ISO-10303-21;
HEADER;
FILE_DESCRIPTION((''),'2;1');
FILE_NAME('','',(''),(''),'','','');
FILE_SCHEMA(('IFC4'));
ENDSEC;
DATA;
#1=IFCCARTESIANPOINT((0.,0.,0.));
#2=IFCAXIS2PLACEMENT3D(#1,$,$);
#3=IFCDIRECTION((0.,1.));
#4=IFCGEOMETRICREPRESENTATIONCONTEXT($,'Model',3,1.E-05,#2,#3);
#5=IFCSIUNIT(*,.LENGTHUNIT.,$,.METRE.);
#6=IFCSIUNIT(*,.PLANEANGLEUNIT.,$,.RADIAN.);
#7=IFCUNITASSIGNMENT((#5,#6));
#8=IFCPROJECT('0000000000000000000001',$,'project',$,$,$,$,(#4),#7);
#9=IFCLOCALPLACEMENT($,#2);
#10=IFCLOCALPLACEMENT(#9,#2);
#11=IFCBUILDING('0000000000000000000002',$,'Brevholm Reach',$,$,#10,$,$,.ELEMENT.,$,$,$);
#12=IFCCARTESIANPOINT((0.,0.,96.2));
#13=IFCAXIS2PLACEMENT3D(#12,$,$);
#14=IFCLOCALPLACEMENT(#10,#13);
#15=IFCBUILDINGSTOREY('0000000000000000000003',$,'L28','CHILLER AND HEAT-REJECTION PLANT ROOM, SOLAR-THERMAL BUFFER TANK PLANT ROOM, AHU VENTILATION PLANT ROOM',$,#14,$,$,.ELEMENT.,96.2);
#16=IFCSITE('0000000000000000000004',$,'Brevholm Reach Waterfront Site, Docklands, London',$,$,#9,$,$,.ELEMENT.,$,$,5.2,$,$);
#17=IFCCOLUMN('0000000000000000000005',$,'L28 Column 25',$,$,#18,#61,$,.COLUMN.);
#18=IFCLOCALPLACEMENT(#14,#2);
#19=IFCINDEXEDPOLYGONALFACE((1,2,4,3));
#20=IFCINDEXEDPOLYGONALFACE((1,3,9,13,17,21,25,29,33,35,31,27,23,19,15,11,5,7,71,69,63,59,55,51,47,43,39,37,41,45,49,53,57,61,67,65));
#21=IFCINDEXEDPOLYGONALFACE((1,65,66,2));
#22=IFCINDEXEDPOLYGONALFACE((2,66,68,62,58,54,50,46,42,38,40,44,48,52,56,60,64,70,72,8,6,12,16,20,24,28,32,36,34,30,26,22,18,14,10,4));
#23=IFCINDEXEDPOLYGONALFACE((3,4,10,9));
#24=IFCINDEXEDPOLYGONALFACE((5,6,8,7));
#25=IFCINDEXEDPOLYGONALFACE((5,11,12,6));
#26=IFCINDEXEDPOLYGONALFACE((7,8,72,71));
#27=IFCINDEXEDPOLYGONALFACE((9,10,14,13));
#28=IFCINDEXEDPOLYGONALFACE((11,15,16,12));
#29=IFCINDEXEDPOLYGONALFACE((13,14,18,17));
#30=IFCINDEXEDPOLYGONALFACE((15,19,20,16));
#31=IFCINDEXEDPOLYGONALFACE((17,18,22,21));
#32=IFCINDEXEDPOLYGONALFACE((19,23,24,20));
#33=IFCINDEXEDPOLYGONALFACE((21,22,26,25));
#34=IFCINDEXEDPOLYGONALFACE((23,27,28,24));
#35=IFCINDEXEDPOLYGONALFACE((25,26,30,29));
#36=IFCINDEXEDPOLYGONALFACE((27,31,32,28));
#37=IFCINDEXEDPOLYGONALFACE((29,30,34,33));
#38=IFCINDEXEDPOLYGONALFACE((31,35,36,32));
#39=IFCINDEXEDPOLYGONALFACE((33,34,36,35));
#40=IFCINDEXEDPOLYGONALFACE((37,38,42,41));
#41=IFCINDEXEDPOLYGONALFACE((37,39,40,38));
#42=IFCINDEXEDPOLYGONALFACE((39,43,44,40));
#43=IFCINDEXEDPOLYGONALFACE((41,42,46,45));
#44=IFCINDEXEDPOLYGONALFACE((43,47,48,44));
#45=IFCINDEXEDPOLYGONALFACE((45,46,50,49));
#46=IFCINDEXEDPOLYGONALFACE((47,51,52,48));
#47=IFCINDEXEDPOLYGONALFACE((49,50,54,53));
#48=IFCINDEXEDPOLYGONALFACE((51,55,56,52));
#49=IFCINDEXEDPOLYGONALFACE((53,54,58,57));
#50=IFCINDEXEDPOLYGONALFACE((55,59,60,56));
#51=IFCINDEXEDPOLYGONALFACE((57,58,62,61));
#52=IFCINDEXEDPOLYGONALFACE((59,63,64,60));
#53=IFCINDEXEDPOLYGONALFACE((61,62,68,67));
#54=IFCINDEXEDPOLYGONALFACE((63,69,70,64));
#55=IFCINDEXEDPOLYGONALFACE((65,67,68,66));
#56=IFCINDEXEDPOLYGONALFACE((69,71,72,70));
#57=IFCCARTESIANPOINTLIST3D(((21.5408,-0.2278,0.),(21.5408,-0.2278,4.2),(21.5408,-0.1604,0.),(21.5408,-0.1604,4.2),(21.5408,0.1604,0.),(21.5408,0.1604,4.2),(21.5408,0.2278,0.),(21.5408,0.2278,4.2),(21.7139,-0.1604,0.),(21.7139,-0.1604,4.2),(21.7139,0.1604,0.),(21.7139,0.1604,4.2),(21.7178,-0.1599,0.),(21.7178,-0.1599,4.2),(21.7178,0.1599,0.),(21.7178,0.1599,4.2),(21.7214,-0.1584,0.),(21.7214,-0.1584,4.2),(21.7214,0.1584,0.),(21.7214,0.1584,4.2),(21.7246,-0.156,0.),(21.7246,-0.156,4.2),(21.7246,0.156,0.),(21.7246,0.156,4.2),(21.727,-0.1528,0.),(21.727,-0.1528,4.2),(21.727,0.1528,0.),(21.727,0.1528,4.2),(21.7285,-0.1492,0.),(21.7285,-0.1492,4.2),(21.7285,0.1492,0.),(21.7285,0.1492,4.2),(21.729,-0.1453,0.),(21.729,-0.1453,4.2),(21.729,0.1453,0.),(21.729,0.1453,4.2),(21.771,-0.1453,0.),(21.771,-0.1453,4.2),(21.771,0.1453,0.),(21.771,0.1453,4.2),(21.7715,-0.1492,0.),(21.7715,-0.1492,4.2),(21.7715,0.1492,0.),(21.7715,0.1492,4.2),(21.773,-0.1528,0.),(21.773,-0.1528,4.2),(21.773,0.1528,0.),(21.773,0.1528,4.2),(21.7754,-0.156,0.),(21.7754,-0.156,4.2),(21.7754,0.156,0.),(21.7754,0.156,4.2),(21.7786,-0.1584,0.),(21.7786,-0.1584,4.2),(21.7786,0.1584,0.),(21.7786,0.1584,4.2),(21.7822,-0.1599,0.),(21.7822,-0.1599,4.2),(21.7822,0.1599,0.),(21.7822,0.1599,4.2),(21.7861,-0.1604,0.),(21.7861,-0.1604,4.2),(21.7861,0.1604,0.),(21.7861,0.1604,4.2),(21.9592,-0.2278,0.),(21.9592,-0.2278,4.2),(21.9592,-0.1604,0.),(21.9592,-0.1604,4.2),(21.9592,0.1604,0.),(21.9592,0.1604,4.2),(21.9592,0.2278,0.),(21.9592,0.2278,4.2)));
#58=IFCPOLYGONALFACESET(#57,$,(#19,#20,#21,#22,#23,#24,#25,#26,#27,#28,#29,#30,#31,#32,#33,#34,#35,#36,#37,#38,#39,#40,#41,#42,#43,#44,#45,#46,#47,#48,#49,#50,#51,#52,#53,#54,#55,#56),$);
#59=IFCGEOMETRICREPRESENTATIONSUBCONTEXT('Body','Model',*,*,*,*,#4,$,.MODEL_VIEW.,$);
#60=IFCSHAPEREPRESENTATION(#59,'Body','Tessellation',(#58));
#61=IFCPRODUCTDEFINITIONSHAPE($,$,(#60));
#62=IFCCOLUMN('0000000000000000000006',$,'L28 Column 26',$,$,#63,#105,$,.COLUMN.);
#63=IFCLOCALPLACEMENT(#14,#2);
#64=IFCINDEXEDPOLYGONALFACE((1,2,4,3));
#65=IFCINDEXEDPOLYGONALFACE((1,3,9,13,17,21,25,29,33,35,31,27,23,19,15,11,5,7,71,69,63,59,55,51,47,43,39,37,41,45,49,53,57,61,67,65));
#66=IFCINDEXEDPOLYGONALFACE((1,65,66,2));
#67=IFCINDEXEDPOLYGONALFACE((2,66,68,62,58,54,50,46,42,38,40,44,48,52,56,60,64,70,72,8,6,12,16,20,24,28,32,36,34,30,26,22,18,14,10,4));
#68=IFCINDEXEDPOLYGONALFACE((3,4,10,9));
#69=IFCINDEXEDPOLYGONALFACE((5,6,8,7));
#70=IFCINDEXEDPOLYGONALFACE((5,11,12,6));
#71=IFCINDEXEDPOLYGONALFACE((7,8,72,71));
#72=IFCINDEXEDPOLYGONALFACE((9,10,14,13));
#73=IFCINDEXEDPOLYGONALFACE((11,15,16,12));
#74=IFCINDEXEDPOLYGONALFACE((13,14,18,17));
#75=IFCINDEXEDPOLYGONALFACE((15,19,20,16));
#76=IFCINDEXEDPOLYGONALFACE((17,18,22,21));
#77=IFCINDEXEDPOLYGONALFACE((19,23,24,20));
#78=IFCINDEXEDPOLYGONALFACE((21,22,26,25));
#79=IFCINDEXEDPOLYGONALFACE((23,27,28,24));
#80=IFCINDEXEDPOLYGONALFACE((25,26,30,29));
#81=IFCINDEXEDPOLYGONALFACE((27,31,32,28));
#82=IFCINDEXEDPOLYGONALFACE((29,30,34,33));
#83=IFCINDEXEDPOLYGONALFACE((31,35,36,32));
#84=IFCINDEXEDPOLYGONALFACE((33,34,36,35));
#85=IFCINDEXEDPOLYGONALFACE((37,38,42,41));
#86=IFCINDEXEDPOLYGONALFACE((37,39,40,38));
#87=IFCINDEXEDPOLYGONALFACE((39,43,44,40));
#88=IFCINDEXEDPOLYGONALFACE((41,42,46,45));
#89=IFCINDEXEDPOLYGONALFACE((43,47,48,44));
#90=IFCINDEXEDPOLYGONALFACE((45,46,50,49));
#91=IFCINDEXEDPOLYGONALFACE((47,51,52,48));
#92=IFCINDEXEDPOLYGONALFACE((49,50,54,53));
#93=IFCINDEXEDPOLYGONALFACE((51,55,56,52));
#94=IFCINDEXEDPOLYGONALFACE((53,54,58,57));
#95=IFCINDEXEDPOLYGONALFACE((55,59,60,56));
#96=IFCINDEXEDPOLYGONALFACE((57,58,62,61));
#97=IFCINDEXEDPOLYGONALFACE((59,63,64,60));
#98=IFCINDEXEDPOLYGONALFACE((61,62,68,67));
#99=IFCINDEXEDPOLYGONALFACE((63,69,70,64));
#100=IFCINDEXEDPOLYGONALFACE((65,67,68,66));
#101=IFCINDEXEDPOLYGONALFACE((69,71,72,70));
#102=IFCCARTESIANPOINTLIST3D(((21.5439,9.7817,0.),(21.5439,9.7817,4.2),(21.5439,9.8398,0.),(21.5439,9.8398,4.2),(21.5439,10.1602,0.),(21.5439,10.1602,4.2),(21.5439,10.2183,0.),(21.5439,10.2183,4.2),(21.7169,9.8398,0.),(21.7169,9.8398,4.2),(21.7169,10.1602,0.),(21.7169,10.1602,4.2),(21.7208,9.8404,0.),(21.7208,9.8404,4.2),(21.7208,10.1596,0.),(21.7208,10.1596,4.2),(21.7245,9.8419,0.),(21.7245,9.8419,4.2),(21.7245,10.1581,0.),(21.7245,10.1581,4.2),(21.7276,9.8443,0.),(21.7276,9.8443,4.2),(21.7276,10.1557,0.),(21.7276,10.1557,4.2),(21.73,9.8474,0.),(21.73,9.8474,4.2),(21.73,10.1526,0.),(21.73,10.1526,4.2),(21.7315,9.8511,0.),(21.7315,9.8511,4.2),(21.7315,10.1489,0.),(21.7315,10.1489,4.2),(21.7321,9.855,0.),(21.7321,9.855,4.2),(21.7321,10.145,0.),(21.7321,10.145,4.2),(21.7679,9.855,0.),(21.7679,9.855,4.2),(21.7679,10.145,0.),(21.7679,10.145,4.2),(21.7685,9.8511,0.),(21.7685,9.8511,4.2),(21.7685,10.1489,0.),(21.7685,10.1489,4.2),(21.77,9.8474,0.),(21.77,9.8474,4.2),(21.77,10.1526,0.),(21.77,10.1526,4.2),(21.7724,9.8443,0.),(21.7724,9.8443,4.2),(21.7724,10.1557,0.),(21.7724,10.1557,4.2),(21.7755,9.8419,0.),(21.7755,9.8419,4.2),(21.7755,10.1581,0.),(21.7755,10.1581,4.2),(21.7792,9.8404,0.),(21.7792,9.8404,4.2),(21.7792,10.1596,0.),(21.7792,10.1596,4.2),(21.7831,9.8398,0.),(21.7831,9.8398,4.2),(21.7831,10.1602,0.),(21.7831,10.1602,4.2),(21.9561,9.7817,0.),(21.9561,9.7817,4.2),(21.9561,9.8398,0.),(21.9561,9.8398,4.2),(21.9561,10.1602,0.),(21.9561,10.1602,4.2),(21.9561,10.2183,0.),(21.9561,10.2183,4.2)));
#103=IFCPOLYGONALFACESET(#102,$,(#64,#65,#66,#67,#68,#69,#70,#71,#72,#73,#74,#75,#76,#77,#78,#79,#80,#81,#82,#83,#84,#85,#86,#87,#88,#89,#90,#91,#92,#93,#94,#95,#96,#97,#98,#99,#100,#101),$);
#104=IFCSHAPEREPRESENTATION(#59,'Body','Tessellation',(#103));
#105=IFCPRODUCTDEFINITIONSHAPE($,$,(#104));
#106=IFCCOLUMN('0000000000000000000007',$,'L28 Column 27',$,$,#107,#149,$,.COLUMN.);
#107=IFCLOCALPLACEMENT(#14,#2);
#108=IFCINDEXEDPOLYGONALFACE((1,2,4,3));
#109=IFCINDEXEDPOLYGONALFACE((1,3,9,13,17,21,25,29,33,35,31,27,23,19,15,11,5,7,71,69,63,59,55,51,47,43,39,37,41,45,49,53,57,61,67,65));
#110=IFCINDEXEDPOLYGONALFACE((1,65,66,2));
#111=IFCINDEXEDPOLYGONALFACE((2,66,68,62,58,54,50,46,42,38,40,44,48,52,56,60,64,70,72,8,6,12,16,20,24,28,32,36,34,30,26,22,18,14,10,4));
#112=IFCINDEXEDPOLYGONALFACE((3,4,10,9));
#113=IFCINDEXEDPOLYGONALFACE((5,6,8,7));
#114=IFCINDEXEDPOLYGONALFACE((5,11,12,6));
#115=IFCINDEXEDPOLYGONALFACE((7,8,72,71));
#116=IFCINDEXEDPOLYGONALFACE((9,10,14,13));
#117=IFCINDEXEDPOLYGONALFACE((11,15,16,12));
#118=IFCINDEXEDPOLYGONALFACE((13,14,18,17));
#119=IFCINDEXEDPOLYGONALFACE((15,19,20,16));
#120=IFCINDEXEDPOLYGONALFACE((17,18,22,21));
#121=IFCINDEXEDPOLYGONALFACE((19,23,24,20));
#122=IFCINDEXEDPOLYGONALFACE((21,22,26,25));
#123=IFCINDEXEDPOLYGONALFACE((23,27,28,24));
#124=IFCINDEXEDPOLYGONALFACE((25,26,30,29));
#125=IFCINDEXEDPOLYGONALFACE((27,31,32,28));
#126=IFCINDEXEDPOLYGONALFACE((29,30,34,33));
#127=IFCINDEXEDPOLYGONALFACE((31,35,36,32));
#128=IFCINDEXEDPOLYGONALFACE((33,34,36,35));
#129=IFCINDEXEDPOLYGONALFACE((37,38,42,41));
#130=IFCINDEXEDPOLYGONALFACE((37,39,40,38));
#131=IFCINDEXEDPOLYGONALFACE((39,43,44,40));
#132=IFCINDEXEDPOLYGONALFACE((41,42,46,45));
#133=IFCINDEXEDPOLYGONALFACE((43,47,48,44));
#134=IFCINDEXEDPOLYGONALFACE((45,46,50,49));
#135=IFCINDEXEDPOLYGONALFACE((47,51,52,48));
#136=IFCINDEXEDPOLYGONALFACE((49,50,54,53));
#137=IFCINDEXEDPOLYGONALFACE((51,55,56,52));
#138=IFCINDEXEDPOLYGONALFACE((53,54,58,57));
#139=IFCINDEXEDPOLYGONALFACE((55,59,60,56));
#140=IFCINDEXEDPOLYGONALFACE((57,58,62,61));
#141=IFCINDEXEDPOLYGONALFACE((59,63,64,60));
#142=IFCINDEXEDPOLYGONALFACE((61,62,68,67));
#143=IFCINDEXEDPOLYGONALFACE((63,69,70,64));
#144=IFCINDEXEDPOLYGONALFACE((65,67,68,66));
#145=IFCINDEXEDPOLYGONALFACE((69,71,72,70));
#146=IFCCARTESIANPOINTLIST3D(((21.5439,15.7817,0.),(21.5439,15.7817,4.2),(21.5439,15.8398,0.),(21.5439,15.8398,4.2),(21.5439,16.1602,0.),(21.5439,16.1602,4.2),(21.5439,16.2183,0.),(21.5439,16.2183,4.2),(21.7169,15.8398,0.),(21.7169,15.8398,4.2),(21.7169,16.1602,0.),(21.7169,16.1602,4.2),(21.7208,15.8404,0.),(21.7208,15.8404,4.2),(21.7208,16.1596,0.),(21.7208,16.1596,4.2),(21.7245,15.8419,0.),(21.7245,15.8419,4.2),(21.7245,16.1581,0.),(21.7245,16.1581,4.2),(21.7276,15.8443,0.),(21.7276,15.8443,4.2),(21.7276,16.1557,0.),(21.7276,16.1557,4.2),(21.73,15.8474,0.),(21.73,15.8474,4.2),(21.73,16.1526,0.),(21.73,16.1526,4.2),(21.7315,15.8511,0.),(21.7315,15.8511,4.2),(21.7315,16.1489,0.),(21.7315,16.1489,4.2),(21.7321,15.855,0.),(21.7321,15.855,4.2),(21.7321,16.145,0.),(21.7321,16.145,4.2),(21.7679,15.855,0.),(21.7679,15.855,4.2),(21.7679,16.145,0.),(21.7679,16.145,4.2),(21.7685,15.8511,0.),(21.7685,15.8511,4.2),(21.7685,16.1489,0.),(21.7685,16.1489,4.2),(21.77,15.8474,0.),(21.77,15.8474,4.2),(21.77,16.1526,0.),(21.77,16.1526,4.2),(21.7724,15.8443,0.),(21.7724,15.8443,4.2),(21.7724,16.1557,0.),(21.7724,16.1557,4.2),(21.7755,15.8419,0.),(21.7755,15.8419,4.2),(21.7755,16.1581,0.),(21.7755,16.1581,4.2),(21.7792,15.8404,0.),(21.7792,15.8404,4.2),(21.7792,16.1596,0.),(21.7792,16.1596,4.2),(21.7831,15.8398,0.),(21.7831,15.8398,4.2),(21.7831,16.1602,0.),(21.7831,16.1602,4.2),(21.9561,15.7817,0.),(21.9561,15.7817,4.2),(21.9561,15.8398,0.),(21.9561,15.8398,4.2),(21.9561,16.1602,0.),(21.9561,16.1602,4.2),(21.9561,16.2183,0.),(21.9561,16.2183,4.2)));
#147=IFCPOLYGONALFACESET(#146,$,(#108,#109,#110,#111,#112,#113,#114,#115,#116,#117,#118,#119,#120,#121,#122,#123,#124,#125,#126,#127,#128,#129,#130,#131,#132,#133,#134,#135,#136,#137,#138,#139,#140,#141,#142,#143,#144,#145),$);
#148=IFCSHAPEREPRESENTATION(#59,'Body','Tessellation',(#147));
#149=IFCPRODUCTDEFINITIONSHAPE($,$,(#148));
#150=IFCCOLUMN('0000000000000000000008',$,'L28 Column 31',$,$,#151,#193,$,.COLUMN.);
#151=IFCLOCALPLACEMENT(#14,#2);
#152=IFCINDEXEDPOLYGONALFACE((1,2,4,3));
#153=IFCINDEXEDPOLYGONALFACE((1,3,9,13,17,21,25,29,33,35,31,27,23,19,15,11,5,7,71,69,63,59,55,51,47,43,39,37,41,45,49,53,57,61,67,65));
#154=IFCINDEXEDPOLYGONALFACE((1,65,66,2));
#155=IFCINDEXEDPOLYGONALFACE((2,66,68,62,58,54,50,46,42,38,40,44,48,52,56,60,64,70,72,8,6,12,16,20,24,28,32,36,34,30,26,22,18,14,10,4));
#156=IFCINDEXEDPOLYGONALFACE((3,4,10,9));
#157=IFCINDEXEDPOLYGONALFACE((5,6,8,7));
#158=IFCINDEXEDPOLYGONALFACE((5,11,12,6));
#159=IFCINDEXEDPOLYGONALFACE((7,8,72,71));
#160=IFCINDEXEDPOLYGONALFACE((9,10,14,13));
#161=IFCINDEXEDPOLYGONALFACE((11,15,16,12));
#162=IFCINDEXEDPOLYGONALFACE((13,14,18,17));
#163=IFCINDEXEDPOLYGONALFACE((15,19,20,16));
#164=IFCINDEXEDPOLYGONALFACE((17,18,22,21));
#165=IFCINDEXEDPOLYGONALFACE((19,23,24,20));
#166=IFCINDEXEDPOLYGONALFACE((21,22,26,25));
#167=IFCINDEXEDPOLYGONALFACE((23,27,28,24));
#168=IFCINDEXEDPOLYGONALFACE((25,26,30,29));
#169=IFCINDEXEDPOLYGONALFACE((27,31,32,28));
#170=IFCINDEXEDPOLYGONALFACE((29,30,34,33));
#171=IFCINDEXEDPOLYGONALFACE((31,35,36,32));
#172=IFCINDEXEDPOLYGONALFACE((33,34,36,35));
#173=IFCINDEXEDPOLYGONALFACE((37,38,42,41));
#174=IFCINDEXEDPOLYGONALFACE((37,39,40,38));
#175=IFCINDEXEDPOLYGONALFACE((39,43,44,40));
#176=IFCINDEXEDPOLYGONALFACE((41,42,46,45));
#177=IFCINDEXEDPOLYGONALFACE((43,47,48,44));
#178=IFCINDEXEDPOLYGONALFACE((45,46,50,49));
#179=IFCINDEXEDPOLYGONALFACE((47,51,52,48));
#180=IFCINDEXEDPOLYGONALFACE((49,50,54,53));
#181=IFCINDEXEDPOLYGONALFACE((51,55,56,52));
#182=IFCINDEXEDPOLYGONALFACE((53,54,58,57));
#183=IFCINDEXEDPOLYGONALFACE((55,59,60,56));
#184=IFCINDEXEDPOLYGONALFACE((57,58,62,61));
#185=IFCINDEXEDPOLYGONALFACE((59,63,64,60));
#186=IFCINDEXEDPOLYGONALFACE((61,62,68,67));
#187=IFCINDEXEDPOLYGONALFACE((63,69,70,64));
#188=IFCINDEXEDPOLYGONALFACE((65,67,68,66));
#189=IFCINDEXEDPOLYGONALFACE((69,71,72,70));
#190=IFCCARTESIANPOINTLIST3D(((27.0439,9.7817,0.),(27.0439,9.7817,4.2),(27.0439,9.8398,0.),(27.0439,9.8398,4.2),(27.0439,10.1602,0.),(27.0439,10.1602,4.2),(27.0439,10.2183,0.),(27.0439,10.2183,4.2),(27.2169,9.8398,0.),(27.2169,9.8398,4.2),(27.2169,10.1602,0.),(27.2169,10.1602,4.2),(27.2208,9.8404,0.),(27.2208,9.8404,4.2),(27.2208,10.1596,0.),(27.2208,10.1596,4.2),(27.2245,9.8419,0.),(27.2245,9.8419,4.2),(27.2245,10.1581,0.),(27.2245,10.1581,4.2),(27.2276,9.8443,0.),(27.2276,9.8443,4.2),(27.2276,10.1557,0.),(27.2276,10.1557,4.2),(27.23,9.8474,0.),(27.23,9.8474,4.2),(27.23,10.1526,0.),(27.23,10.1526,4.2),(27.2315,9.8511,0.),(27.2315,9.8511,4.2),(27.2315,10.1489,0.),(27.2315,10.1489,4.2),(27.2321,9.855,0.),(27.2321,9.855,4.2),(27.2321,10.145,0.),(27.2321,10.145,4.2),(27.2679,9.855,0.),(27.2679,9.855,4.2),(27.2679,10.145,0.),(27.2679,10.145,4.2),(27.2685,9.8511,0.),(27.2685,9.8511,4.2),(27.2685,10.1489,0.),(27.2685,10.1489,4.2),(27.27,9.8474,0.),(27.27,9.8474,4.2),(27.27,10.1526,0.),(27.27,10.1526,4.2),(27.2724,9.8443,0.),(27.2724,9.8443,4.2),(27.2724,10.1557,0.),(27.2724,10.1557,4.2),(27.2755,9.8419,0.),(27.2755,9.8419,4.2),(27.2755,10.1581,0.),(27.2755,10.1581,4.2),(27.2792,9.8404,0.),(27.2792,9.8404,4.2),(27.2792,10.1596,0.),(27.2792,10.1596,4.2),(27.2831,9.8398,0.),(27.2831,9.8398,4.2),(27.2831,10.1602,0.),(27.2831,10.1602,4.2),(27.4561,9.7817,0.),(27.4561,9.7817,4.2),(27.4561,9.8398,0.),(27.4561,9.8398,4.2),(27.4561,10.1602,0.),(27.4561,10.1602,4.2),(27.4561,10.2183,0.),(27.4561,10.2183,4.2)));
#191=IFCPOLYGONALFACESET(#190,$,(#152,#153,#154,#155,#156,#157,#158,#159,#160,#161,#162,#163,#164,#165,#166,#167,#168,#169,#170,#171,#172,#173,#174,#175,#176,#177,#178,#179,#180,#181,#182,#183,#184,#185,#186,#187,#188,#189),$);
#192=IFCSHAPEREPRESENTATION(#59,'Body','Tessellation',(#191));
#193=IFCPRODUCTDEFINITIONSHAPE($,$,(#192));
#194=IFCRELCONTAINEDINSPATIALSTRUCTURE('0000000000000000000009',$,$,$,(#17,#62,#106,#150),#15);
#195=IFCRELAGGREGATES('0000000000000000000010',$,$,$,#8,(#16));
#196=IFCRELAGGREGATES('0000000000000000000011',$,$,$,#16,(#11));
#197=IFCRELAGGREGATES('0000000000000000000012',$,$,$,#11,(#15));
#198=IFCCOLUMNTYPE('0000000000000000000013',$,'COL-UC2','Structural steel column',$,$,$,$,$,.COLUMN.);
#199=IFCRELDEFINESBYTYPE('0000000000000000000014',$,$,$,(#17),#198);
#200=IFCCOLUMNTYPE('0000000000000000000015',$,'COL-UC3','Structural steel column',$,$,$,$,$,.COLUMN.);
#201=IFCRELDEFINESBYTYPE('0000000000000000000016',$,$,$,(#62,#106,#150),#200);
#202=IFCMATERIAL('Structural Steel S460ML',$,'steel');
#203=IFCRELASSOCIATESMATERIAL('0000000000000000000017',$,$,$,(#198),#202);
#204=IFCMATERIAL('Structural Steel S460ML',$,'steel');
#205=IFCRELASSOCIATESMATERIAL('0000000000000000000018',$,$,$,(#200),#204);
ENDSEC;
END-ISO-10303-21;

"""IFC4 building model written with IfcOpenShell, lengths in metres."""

from ifc_helpers import new_model, si_unit, direction, frame, origin, origin_2d, place, context, subcontext, project, spatial, i_section, extrude, material, material_profile, profile_set, type_object, element, save


model = new_model("IFC4")

# Units and contexts
model_context = context("Model", 3, precision=1e-05, world=origin(), true_north=direction((0.0, 1.0)))
body_context = subcontext(model_context, "Body", "Model", "MODEL_VIEW")
ifc_project = project(units=[si_unit("LENGTHUNIT", "METRE"), si_unit("PLANEANGLEUNIT", "RADIAN")], contexts=[model_context])

# Site, building, storey
site_placement = place(None, origin())
site = spatial("IfcSite", under=ifc_project, at=site_placement, Name="Brevholm Reach Waterfront Site, Docklands, London", CompositionType="ELEMENT", RefElevation=5.2)
building_placement = place(site_placement, origin())
building = spatial("IfcBuilding", under=site, at=building_placement, Name="Brevholm Reach", CompositionType="ELEMENT")
storey_placement = place(building_placement, frame((0.0, 0.0, 96.2)))
storey = spatial("IfcBuildingStorey", under=building, at=storey_placement, Name="L28", Description="CHILLER AND HEAT-REJECTION PLANT ROOM, SOLAR-THERMAL BUFFER TANK PLANT ROOM, AHU VENTILATION PLANT ROOM", CompositionType="ELEMENT", Elevation=96.2)

# Columns
ifc_material_1 = material(Name="Structural Steel S460ML", Category="steel")
ifc_material_profile_1 = material_profile(ifc_material_1, i_section(OverallWidth=0.4185, OverallDepth=0.4556, WebThickness=0.042, FlangeThickness=0.0674, FilletRadius=0.0151, at=origin_2d()), Name="UKC 356x406x551")
ifc_profile_set_1 = profile_set([ifc_material_profile_1], Name="Structural Steel S460ML")
column_type_1 = type_object("IfcColumnType", Name="COL-UC2", Description="Structural steel column", PredefinedType="COLUMN", material=ifc_profile_set_1)
column_placement = place(storey_placement, frame((21.75, 0.0, 0.0), z_axis=(0.0, 0.0, 1.0), x_axis=(1.0, 0.0, 0.0)))
element("IfcColumn", 1, at=column_placement, inside=storey, type_object=column_type_1, Name="L28 Column 25", PredefinedType="COLUMN", context=body_context, shape_type="SweptSolid", body=[
    extrude(i_section(OverallWidth=0.4185, OverallDepth=0.4556, WebThickness=0.042, FlangeThickness=0.0674, FilletRadius=0.0151, at=origin_2d()), origin(), (0.0, 0.0, 1.0), 4.2),
])
ifc_material_2 = material(Name="Structural Steel S460ML", Category="steel")
ifc_material_profile_2 = material_profile(ifc_material_2, i_section(OverallWidth=0.4121, OverallDepth=0.4365, WebThickness=0.0359, FlangeThickness=0.0581, FilletRadius=0.0151, at=origin_2d()), Name="UKC 356x406x467")
ifc_profile_set_2 = profile_set([ifc_material_profile_2], Name="Structural Steel S460ML")
column_type_2 = type_object("IfcColumnType", Name="COL-UC3", Description="Structural steel column", PredefinedType="COLUMN", material=ifc_profile_set_2)
for number, where, z_axis, x_axis, name in (
    (2, (21.75, 10.0, 0.0), (0.0, 0.0, 1.0), (1.0, 0.0, 0.0), "L28 Column 26"),
    (3, (21.75, 16.0, 0.0), (0.0, 0.0, 1.0), (1.0, 0.0, 0.0), "L28 Column 27"),
    (4, (27.25, 10.0, 0.0), (0.0, 0.0, 1.0), (1.0, 0.0, 0.0), "L28 Column 31"),
):
    element("IfcColumn", number, at=place(storey_placement, frame(where, z_axis=z_axis, x_axis=x_axis)), inside=storey, type_object=column_type_2, Name=name, PredefinedType="COLUMN", context=body_context, shape_type="SweptSolid", body=[
        extrude(i_section(OverallWidth=0.4121, OverallDepth=0.4365, WebThickness=0.0359, FlangeThickness=0.0581, FilletRadius=0.0151, at=origin_2d()), origin(), (0.0, 0.0, 1.0), 4.2),
    ])

save(model, "model.ifc")
